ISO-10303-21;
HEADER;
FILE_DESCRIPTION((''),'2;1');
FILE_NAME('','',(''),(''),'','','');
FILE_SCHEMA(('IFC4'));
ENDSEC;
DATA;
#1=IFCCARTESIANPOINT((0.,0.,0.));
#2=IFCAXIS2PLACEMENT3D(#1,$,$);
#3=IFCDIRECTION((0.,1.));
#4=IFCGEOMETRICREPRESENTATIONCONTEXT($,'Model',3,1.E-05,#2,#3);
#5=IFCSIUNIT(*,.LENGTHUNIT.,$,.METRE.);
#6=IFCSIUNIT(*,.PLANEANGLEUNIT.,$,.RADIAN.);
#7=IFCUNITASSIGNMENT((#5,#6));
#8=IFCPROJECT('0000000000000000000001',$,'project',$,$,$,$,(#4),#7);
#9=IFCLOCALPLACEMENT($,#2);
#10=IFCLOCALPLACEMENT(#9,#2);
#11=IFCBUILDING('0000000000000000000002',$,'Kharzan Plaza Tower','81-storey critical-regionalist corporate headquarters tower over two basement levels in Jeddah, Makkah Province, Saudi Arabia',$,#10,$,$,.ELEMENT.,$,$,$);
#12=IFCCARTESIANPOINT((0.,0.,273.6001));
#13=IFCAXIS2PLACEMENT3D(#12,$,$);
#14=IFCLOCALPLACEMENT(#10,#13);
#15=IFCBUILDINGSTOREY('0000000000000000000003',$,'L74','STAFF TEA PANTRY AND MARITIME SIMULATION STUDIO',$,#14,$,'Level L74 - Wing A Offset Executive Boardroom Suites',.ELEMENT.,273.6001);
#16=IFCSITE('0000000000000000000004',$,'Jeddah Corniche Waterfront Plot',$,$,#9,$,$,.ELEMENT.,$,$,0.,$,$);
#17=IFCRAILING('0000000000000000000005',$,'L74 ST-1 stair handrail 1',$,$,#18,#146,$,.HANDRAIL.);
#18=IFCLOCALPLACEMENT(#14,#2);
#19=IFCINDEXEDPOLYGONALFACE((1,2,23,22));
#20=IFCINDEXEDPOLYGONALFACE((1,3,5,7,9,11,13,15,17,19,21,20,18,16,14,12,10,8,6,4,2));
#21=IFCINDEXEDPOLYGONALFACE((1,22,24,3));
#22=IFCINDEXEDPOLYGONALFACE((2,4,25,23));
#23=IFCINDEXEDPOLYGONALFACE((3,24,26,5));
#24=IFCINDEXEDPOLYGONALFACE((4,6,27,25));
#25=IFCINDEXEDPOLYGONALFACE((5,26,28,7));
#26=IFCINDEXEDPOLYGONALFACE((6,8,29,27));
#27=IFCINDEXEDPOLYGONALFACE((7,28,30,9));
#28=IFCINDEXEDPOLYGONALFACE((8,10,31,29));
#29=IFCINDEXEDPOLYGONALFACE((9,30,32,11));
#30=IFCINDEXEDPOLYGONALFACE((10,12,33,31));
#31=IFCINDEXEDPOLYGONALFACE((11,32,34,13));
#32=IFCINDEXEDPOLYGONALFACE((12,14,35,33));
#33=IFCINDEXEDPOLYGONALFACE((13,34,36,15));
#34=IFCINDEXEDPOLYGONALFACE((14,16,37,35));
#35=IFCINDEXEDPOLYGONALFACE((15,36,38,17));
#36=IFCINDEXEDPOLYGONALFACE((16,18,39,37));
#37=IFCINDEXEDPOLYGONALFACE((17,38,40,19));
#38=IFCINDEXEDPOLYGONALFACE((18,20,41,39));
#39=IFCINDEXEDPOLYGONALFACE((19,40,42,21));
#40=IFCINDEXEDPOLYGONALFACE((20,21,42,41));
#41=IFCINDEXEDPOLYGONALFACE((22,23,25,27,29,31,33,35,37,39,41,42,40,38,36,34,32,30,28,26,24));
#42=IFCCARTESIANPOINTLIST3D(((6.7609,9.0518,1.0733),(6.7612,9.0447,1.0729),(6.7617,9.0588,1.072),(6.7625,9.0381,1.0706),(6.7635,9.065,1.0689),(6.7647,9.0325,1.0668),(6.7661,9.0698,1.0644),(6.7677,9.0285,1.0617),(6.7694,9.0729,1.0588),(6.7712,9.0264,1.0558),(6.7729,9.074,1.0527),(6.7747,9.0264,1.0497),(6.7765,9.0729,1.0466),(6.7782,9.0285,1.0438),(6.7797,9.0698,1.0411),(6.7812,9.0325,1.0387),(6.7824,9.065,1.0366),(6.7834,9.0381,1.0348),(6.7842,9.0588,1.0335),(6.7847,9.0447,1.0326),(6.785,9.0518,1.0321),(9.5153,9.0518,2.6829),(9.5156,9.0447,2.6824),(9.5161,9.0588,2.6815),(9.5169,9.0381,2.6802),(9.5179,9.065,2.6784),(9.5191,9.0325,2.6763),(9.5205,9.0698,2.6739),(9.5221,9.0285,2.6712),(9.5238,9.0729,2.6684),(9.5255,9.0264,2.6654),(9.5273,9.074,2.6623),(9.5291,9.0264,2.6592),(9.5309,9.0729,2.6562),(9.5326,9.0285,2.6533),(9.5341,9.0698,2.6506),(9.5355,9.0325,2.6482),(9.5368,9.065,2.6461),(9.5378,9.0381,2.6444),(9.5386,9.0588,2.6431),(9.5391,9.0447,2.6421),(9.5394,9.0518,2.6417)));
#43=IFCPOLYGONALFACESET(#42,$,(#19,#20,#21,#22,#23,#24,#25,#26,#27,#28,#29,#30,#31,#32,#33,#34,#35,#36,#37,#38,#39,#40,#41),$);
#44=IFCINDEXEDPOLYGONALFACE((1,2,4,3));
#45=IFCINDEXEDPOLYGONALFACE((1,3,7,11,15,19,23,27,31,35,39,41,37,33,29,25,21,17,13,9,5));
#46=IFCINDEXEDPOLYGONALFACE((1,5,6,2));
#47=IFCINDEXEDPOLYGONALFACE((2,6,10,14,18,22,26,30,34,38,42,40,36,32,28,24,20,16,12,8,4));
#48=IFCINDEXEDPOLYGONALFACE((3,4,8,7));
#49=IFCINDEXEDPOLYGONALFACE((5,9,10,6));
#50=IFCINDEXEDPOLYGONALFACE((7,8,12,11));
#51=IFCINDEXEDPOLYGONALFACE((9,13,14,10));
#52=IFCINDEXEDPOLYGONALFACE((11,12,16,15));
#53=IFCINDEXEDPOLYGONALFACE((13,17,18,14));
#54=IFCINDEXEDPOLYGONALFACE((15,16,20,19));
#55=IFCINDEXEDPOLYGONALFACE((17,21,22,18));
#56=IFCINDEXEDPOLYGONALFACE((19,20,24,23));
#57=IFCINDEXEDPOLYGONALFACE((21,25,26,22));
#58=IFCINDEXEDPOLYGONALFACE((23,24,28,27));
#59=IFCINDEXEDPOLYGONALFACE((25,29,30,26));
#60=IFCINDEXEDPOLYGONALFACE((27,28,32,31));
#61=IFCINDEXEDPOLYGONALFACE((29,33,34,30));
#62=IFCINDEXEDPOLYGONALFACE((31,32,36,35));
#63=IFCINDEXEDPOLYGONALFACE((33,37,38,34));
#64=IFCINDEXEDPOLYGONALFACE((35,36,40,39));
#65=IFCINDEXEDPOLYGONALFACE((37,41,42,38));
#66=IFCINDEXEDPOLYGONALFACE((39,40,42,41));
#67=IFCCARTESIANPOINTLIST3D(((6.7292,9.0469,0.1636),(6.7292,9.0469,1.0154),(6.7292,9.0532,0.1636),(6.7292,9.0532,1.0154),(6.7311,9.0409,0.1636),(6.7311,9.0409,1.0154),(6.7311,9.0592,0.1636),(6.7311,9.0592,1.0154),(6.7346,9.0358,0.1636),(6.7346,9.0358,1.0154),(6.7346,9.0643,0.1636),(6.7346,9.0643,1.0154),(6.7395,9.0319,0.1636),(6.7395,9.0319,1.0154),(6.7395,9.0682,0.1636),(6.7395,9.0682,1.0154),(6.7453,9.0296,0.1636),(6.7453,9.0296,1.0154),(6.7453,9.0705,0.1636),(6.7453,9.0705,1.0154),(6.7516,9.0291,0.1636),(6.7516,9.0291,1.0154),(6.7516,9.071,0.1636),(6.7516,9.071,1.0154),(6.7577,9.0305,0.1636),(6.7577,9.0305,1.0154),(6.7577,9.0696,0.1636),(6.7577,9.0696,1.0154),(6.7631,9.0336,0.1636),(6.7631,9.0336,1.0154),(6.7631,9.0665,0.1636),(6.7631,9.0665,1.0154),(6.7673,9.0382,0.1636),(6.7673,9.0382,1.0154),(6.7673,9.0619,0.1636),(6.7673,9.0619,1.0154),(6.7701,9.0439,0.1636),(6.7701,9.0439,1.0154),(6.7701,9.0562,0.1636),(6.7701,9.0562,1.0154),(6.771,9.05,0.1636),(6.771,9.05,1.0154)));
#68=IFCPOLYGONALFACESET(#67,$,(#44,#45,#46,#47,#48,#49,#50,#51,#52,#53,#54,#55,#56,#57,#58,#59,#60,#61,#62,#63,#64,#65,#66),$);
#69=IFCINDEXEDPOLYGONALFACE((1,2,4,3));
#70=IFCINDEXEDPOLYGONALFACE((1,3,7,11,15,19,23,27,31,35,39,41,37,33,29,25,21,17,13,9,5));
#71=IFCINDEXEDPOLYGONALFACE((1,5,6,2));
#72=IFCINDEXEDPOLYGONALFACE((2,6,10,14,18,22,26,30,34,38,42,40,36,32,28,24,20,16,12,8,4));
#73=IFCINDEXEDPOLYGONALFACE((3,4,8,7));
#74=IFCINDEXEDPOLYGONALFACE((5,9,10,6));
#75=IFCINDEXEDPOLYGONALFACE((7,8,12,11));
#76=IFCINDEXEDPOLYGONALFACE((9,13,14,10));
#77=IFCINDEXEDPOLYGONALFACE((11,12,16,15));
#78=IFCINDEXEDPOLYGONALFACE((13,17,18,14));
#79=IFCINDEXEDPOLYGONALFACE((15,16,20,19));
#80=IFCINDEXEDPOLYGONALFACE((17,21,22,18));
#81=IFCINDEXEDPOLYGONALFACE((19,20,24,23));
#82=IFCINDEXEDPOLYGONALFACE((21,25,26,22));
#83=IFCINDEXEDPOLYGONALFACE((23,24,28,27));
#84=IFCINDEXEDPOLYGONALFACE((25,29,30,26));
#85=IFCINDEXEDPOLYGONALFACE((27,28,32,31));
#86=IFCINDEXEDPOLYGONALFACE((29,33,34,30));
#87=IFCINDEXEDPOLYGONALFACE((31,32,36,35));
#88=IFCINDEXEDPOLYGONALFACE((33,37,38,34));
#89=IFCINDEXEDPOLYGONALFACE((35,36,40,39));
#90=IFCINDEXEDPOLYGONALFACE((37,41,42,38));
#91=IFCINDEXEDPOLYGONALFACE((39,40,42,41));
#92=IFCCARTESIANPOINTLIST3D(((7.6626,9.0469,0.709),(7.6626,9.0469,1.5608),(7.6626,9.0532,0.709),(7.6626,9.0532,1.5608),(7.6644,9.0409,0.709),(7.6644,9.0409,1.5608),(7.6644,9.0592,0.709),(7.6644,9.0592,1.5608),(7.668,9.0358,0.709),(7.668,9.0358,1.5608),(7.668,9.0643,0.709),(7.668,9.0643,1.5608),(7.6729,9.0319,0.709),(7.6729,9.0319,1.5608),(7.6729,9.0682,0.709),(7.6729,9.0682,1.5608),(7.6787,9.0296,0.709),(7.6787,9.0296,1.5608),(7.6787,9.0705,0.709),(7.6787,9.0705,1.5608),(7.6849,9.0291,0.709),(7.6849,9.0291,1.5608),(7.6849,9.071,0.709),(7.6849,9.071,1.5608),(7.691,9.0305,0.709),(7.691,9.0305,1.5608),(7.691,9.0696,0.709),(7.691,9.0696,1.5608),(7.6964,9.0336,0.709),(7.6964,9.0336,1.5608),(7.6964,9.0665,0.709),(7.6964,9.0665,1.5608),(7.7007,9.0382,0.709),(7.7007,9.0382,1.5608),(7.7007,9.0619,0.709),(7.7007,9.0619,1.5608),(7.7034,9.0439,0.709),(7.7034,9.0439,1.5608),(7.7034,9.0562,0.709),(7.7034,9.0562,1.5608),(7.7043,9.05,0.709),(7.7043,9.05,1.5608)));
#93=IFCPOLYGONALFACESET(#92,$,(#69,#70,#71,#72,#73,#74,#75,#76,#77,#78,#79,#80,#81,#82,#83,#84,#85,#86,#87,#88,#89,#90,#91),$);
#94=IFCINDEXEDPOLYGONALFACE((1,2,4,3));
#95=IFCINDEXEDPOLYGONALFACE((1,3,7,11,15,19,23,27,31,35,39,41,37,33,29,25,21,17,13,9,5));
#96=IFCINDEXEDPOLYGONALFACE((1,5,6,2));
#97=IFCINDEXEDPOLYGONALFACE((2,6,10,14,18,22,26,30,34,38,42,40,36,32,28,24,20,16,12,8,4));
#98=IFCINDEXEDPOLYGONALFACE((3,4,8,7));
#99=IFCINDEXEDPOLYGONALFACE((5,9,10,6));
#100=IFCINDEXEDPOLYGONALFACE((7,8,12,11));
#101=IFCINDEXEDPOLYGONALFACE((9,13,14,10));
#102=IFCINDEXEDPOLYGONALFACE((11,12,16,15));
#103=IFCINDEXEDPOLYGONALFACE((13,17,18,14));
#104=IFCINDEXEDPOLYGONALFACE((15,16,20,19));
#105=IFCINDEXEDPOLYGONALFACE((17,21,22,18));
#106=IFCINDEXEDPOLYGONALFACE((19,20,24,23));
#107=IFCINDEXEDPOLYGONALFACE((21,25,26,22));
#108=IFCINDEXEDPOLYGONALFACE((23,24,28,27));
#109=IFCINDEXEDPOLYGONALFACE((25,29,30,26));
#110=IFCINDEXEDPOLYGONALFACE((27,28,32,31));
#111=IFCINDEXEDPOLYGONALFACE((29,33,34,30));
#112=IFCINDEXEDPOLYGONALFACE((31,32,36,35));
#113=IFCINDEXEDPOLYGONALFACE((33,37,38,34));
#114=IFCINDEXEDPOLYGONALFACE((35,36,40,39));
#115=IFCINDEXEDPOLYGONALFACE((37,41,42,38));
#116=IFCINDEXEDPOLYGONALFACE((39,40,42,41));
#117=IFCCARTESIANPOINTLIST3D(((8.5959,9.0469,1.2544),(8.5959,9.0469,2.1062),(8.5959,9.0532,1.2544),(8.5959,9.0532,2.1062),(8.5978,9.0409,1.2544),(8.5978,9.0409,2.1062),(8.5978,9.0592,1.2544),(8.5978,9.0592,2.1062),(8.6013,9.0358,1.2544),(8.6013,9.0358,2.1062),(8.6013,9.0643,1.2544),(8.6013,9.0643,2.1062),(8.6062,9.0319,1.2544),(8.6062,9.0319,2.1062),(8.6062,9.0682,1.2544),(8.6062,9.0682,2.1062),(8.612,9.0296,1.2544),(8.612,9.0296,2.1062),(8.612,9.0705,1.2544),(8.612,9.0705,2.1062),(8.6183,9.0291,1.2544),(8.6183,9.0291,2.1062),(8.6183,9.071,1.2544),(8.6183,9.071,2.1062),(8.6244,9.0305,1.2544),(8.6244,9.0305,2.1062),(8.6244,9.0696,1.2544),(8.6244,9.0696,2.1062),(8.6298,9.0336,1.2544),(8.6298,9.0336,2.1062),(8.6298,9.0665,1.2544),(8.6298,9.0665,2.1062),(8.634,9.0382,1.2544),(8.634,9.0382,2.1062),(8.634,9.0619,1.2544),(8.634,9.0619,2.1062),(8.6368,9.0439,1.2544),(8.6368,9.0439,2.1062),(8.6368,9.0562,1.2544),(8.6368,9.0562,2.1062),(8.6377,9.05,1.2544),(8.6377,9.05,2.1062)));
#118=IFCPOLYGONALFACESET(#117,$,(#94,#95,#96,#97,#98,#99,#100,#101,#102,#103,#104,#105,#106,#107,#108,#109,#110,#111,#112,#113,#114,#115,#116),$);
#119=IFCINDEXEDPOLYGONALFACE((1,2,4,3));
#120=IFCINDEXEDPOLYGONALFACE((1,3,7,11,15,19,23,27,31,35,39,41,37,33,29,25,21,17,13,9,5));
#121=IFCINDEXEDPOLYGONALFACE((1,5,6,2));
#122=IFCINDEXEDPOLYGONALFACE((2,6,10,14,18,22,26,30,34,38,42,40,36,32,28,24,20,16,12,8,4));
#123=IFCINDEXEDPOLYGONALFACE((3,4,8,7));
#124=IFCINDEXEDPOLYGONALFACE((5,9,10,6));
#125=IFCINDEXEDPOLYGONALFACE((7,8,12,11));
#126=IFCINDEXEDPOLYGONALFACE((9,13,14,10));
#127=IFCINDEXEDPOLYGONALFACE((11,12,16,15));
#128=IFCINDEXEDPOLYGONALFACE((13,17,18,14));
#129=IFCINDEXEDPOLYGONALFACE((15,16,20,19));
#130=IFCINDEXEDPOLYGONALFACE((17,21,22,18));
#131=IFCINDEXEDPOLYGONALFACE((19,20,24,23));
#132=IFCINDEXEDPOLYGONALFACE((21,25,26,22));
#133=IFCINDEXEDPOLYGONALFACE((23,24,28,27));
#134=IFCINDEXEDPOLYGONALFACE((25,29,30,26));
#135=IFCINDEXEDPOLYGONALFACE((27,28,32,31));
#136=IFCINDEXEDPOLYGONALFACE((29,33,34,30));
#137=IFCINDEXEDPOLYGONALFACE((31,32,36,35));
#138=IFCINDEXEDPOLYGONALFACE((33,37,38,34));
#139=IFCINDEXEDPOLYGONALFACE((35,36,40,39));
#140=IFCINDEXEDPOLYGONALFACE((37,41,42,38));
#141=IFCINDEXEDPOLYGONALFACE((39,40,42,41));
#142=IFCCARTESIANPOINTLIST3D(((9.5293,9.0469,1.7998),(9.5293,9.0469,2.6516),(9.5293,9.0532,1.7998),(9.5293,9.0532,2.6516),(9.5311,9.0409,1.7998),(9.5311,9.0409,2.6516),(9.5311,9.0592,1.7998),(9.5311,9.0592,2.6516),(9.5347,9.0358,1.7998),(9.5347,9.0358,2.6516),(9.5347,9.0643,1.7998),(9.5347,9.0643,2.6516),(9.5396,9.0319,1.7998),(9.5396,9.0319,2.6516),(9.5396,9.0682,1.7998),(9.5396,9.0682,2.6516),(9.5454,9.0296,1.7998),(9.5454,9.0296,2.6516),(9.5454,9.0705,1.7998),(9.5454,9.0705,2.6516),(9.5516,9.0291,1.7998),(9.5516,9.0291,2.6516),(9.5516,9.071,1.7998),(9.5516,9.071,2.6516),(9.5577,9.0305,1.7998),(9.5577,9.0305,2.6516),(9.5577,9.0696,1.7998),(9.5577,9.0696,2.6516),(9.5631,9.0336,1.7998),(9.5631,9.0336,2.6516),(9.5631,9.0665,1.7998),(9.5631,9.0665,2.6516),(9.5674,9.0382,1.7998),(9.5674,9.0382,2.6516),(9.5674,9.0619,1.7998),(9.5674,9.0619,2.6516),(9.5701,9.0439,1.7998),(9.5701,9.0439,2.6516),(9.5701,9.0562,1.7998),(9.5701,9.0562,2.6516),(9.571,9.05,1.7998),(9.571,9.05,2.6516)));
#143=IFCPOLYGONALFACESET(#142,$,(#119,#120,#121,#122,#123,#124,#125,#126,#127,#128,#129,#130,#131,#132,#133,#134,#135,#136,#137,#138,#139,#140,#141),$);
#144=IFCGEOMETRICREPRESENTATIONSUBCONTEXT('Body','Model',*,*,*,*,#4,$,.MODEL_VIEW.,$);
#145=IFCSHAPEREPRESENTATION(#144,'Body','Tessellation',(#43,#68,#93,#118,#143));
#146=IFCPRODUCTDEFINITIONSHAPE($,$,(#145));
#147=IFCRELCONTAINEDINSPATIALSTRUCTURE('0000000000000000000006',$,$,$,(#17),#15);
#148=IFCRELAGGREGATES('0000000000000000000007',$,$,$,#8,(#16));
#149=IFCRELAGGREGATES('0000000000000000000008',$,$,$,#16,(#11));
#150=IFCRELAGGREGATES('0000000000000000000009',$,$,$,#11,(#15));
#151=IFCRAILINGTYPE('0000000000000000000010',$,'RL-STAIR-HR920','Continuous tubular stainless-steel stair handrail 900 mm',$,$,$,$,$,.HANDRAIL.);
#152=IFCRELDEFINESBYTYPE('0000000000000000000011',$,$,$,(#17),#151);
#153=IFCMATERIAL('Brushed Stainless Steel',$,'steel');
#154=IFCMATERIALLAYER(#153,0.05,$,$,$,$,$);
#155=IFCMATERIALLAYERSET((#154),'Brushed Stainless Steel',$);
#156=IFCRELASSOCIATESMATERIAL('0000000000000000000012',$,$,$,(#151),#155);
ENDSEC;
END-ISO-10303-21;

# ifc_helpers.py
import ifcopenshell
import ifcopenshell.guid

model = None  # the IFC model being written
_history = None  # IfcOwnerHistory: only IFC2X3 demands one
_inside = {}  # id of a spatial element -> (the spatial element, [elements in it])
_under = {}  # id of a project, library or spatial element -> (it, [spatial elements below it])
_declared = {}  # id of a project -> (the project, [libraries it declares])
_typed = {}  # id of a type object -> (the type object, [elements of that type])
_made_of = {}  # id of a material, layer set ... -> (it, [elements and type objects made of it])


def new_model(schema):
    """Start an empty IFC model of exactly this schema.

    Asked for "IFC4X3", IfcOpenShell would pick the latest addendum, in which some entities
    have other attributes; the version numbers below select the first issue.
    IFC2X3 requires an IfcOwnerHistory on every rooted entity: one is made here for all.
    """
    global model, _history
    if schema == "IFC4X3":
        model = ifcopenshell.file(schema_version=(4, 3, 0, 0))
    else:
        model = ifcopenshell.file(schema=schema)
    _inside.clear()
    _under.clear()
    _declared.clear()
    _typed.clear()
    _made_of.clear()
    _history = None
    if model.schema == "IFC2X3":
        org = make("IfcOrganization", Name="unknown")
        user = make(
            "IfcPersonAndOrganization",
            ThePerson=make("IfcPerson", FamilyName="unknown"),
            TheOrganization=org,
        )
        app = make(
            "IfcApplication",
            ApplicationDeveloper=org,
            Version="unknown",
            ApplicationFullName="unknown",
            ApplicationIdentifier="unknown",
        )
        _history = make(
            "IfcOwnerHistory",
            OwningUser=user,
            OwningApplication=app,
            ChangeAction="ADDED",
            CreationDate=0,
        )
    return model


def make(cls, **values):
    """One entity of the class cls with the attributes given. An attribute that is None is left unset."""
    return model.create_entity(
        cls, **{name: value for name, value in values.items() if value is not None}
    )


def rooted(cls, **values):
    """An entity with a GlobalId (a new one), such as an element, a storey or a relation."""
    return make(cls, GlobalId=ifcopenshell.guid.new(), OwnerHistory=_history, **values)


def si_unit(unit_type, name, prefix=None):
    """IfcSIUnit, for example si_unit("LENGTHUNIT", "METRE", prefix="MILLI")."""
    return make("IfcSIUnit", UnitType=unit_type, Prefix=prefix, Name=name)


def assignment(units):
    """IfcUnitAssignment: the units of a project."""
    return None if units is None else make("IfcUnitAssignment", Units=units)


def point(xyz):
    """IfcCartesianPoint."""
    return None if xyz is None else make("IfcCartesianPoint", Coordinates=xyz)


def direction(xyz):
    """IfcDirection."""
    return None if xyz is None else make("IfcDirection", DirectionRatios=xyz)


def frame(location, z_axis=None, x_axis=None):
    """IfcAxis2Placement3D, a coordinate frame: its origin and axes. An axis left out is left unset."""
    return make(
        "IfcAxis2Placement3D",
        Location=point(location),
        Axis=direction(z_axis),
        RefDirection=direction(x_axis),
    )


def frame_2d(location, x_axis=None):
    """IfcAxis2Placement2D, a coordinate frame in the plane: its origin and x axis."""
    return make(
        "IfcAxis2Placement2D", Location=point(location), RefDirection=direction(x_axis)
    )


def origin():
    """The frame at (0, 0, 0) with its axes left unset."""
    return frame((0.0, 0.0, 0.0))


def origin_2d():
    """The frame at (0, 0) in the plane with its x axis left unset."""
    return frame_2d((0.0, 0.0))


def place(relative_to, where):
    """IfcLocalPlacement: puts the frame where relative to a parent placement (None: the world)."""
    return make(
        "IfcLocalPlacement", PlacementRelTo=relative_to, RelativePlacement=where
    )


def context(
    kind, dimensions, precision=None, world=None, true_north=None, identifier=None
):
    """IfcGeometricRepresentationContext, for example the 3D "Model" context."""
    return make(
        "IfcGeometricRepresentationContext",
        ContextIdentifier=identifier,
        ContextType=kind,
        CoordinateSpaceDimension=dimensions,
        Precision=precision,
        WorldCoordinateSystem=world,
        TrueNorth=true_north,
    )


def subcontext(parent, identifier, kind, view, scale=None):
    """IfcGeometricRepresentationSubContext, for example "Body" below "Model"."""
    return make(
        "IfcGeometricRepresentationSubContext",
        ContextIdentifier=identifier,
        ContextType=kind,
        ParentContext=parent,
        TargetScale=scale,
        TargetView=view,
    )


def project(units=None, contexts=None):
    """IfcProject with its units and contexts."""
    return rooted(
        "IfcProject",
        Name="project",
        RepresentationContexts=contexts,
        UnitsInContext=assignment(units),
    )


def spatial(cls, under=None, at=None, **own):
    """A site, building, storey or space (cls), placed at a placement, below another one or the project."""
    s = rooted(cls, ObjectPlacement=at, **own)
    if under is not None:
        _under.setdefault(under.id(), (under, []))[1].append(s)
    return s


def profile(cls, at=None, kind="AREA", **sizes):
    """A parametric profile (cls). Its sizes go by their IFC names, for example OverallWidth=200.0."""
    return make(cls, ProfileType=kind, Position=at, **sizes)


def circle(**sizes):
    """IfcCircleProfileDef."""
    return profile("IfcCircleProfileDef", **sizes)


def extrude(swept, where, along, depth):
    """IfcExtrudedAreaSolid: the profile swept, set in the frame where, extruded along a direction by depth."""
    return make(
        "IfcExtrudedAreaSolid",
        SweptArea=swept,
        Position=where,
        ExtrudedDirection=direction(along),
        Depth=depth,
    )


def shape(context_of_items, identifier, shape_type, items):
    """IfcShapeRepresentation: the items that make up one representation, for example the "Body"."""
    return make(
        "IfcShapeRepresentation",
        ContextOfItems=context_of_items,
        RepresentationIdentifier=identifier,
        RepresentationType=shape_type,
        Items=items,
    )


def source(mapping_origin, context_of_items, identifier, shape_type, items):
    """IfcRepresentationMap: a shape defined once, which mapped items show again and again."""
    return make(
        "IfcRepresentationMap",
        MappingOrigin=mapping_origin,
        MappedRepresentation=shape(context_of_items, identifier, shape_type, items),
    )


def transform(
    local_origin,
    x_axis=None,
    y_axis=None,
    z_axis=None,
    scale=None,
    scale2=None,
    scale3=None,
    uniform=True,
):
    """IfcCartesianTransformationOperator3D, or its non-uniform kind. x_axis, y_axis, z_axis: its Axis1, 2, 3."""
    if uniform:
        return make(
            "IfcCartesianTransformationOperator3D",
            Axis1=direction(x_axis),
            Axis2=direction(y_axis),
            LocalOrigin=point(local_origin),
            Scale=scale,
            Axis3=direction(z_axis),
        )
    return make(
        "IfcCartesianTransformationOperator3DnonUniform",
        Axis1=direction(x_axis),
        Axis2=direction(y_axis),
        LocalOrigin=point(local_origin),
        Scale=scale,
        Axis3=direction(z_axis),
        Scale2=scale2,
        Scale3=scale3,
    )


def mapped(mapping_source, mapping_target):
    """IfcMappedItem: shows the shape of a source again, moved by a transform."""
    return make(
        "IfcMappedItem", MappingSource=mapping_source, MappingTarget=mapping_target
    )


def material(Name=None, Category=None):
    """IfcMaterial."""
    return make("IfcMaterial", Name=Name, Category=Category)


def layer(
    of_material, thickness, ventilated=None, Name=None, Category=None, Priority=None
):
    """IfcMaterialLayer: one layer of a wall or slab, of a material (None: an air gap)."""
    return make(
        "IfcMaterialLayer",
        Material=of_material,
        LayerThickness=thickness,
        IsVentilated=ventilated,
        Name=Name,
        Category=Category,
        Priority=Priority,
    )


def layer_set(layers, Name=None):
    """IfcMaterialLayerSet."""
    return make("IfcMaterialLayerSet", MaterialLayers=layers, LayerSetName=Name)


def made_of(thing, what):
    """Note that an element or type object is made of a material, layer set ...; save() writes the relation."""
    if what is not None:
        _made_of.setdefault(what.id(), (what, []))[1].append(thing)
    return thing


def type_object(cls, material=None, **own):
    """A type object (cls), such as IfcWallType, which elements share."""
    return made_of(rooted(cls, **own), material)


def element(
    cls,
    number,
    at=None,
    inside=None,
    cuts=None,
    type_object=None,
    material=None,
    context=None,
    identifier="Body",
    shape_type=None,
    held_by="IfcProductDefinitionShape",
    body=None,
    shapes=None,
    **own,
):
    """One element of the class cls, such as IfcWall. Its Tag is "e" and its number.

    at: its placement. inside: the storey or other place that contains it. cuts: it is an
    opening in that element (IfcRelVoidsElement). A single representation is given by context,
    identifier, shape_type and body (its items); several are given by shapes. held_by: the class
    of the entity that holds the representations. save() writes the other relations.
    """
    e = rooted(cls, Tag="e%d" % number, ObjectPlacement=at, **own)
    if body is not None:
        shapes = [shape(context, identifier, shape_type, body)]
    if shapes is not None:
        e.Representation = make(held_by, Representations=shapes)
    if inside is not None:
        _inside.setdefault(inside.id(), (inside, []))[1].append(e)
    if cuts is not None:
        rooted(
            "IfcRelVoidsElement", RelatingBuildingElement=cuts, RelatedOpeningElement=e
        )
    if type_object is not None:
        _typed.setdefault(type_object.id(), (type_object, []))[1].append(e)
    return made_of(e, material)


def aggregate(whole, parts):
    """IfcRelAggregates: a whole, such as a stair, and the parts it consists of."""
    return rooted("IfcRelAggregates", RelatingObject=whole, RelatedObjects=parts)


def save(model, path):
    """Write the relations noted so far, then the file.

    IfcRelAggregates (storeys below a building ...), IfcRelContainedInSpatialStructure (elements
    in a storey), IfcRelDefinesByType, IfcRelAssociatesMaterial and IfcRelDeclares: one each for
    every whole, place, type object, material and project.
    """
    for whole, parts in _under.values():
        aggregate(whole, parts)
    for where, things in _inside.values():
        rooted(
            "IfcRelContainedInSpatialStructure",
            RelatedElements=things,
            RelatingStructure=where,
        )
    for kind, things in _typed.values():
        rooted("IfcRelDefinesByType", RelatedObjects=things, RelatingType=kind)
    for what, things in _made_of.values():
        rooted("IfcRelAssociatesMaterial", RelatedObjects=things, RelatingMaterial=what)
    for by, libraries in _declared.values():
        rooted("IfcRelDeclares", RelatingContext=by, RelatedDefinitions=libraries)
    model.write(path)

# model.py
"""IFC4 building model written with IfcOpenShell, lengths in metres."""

from ifc_helpers import new_model, si_unit, direction, frame, origin, origin_2d, place, context, subcontext, project, spatial, circle, extrude, source, transform, mapped, material, layer, layer_set, type_object, element, save


model = new_model("IFC4")

# Units and contexts
model_context = context("Model", 3, precision=1e-05, world=origin(), true_north=direction((0.0, 1.0)))
body_context = subcontext(model_context, "Body", "Model", "MODEL_VIEW")
ifc_project = project(units=[si_unit("LENGTHUNIT", "METRE"), si_unit("PLANEANGLEUNIT", "RADIAN")], contexts=[model_context])

# Site, building, storey
site_placement = place(None, origin())
site = spatial("IfcSite", under=ifc_project, at=site_placement, Name="Jeddah Corniche Waterfront Plot", CompositionType="ELEMENT", RefElevation=0.0)
building_placement = place(site_placement, origin())
building = spatial("IfcBuilding", under=site, at=building_placement, Name="Kharzan Plaza Tower", Description="81-storey critical-regionalist corporate headquarters tower over two basement levels in Jeddah, Makkah Province, Saudi Arabia", CompositionType="ELEMENT")
storey_placement = place(building_placement, frame((0.0, 0.0, 273.6001)))
storey = spatial("IfcBuildingStorey", under=building, at=storey_placement, Name="L74", Description="STAFF TEA PANTRY AND MARITIME SIMULATION STUDIO", LongName="Level L74 - Wing A Offset Executive Boardroom Suites", CompositionType="ELEMENT", Elevation=273.6001)

# Shared definitions
ifc_material_1 = material(Name="Brushed Stainless Steel", Category="steel")

# Railing
ifc_layer_1 = layer(ifc_material_1, 0.05)
ifc_layer_set_1 = layer_set([ifc_layer_1], Name="Brushed Stainless Steel")
railing_type_1 = type_object("IfcRailingType", Name="RL-STAIR-HR920", Description="Continuous tubular stainless-steel stair handrail 900 mm", PredefinedType="HANDRAIL", material=ifc_layer_set_1)
shared_shape_1 = source(origin(), body_context, "Body", "SweptSolid", [
    extrude(circle(Radius=0.0239, at=origin_2d()), frame((0.0229, 0.0, 0.8892), z_axis=(0.863394, 0.0, 0.504531), x_axis=(0.0, 1.0, 0.0)), (0.0, 0.0, 1.0), 3.1902),
    extrude(circle(Radius=0.021, at=origin_2d()), origin(), (0.0, 0.0, 1.0), 0.8518),
    extrude(circle(Radius=0.021, at=origin_2d()), frame((0.9333, 0.0, 0.5454)), (0.0, 0.0, 1.0), 0.8518),
    extrude(circle(Radius=0.021, at=origin_2d()), frame((1.8667, 0.0, 1.0908)), (0.0, 0.0, 1.0), 0.8518),
    extrude(circle(Radius=0.021, at=origin_2d()), frame((2.8, 0.0, 1.6362)), (0.0, 0.0, 1.0), 0.8518),
])
railing_1_placement = place(storey_placement, frame((6.75, 9.05, 0.1636)))
element("IfcRailing", 1, at=railing_1_placement, inside=storey, type_object=railing_type_1, Name="L74 ST-1 stair handrail 1", PredefinedType="HANDRAIL", context=body_context, shape_type="MappedRepresentation", body=[
    mapped(shared_shape_1, transform((0.0, 0.0, 0.0), x_axis=(1.0, 0.0, 0.0), y_axis=(0.0, 1.0, 0.0), z_axis=(0.0, 0.0, 1.0))),
])

save(model, "model.ifc")
